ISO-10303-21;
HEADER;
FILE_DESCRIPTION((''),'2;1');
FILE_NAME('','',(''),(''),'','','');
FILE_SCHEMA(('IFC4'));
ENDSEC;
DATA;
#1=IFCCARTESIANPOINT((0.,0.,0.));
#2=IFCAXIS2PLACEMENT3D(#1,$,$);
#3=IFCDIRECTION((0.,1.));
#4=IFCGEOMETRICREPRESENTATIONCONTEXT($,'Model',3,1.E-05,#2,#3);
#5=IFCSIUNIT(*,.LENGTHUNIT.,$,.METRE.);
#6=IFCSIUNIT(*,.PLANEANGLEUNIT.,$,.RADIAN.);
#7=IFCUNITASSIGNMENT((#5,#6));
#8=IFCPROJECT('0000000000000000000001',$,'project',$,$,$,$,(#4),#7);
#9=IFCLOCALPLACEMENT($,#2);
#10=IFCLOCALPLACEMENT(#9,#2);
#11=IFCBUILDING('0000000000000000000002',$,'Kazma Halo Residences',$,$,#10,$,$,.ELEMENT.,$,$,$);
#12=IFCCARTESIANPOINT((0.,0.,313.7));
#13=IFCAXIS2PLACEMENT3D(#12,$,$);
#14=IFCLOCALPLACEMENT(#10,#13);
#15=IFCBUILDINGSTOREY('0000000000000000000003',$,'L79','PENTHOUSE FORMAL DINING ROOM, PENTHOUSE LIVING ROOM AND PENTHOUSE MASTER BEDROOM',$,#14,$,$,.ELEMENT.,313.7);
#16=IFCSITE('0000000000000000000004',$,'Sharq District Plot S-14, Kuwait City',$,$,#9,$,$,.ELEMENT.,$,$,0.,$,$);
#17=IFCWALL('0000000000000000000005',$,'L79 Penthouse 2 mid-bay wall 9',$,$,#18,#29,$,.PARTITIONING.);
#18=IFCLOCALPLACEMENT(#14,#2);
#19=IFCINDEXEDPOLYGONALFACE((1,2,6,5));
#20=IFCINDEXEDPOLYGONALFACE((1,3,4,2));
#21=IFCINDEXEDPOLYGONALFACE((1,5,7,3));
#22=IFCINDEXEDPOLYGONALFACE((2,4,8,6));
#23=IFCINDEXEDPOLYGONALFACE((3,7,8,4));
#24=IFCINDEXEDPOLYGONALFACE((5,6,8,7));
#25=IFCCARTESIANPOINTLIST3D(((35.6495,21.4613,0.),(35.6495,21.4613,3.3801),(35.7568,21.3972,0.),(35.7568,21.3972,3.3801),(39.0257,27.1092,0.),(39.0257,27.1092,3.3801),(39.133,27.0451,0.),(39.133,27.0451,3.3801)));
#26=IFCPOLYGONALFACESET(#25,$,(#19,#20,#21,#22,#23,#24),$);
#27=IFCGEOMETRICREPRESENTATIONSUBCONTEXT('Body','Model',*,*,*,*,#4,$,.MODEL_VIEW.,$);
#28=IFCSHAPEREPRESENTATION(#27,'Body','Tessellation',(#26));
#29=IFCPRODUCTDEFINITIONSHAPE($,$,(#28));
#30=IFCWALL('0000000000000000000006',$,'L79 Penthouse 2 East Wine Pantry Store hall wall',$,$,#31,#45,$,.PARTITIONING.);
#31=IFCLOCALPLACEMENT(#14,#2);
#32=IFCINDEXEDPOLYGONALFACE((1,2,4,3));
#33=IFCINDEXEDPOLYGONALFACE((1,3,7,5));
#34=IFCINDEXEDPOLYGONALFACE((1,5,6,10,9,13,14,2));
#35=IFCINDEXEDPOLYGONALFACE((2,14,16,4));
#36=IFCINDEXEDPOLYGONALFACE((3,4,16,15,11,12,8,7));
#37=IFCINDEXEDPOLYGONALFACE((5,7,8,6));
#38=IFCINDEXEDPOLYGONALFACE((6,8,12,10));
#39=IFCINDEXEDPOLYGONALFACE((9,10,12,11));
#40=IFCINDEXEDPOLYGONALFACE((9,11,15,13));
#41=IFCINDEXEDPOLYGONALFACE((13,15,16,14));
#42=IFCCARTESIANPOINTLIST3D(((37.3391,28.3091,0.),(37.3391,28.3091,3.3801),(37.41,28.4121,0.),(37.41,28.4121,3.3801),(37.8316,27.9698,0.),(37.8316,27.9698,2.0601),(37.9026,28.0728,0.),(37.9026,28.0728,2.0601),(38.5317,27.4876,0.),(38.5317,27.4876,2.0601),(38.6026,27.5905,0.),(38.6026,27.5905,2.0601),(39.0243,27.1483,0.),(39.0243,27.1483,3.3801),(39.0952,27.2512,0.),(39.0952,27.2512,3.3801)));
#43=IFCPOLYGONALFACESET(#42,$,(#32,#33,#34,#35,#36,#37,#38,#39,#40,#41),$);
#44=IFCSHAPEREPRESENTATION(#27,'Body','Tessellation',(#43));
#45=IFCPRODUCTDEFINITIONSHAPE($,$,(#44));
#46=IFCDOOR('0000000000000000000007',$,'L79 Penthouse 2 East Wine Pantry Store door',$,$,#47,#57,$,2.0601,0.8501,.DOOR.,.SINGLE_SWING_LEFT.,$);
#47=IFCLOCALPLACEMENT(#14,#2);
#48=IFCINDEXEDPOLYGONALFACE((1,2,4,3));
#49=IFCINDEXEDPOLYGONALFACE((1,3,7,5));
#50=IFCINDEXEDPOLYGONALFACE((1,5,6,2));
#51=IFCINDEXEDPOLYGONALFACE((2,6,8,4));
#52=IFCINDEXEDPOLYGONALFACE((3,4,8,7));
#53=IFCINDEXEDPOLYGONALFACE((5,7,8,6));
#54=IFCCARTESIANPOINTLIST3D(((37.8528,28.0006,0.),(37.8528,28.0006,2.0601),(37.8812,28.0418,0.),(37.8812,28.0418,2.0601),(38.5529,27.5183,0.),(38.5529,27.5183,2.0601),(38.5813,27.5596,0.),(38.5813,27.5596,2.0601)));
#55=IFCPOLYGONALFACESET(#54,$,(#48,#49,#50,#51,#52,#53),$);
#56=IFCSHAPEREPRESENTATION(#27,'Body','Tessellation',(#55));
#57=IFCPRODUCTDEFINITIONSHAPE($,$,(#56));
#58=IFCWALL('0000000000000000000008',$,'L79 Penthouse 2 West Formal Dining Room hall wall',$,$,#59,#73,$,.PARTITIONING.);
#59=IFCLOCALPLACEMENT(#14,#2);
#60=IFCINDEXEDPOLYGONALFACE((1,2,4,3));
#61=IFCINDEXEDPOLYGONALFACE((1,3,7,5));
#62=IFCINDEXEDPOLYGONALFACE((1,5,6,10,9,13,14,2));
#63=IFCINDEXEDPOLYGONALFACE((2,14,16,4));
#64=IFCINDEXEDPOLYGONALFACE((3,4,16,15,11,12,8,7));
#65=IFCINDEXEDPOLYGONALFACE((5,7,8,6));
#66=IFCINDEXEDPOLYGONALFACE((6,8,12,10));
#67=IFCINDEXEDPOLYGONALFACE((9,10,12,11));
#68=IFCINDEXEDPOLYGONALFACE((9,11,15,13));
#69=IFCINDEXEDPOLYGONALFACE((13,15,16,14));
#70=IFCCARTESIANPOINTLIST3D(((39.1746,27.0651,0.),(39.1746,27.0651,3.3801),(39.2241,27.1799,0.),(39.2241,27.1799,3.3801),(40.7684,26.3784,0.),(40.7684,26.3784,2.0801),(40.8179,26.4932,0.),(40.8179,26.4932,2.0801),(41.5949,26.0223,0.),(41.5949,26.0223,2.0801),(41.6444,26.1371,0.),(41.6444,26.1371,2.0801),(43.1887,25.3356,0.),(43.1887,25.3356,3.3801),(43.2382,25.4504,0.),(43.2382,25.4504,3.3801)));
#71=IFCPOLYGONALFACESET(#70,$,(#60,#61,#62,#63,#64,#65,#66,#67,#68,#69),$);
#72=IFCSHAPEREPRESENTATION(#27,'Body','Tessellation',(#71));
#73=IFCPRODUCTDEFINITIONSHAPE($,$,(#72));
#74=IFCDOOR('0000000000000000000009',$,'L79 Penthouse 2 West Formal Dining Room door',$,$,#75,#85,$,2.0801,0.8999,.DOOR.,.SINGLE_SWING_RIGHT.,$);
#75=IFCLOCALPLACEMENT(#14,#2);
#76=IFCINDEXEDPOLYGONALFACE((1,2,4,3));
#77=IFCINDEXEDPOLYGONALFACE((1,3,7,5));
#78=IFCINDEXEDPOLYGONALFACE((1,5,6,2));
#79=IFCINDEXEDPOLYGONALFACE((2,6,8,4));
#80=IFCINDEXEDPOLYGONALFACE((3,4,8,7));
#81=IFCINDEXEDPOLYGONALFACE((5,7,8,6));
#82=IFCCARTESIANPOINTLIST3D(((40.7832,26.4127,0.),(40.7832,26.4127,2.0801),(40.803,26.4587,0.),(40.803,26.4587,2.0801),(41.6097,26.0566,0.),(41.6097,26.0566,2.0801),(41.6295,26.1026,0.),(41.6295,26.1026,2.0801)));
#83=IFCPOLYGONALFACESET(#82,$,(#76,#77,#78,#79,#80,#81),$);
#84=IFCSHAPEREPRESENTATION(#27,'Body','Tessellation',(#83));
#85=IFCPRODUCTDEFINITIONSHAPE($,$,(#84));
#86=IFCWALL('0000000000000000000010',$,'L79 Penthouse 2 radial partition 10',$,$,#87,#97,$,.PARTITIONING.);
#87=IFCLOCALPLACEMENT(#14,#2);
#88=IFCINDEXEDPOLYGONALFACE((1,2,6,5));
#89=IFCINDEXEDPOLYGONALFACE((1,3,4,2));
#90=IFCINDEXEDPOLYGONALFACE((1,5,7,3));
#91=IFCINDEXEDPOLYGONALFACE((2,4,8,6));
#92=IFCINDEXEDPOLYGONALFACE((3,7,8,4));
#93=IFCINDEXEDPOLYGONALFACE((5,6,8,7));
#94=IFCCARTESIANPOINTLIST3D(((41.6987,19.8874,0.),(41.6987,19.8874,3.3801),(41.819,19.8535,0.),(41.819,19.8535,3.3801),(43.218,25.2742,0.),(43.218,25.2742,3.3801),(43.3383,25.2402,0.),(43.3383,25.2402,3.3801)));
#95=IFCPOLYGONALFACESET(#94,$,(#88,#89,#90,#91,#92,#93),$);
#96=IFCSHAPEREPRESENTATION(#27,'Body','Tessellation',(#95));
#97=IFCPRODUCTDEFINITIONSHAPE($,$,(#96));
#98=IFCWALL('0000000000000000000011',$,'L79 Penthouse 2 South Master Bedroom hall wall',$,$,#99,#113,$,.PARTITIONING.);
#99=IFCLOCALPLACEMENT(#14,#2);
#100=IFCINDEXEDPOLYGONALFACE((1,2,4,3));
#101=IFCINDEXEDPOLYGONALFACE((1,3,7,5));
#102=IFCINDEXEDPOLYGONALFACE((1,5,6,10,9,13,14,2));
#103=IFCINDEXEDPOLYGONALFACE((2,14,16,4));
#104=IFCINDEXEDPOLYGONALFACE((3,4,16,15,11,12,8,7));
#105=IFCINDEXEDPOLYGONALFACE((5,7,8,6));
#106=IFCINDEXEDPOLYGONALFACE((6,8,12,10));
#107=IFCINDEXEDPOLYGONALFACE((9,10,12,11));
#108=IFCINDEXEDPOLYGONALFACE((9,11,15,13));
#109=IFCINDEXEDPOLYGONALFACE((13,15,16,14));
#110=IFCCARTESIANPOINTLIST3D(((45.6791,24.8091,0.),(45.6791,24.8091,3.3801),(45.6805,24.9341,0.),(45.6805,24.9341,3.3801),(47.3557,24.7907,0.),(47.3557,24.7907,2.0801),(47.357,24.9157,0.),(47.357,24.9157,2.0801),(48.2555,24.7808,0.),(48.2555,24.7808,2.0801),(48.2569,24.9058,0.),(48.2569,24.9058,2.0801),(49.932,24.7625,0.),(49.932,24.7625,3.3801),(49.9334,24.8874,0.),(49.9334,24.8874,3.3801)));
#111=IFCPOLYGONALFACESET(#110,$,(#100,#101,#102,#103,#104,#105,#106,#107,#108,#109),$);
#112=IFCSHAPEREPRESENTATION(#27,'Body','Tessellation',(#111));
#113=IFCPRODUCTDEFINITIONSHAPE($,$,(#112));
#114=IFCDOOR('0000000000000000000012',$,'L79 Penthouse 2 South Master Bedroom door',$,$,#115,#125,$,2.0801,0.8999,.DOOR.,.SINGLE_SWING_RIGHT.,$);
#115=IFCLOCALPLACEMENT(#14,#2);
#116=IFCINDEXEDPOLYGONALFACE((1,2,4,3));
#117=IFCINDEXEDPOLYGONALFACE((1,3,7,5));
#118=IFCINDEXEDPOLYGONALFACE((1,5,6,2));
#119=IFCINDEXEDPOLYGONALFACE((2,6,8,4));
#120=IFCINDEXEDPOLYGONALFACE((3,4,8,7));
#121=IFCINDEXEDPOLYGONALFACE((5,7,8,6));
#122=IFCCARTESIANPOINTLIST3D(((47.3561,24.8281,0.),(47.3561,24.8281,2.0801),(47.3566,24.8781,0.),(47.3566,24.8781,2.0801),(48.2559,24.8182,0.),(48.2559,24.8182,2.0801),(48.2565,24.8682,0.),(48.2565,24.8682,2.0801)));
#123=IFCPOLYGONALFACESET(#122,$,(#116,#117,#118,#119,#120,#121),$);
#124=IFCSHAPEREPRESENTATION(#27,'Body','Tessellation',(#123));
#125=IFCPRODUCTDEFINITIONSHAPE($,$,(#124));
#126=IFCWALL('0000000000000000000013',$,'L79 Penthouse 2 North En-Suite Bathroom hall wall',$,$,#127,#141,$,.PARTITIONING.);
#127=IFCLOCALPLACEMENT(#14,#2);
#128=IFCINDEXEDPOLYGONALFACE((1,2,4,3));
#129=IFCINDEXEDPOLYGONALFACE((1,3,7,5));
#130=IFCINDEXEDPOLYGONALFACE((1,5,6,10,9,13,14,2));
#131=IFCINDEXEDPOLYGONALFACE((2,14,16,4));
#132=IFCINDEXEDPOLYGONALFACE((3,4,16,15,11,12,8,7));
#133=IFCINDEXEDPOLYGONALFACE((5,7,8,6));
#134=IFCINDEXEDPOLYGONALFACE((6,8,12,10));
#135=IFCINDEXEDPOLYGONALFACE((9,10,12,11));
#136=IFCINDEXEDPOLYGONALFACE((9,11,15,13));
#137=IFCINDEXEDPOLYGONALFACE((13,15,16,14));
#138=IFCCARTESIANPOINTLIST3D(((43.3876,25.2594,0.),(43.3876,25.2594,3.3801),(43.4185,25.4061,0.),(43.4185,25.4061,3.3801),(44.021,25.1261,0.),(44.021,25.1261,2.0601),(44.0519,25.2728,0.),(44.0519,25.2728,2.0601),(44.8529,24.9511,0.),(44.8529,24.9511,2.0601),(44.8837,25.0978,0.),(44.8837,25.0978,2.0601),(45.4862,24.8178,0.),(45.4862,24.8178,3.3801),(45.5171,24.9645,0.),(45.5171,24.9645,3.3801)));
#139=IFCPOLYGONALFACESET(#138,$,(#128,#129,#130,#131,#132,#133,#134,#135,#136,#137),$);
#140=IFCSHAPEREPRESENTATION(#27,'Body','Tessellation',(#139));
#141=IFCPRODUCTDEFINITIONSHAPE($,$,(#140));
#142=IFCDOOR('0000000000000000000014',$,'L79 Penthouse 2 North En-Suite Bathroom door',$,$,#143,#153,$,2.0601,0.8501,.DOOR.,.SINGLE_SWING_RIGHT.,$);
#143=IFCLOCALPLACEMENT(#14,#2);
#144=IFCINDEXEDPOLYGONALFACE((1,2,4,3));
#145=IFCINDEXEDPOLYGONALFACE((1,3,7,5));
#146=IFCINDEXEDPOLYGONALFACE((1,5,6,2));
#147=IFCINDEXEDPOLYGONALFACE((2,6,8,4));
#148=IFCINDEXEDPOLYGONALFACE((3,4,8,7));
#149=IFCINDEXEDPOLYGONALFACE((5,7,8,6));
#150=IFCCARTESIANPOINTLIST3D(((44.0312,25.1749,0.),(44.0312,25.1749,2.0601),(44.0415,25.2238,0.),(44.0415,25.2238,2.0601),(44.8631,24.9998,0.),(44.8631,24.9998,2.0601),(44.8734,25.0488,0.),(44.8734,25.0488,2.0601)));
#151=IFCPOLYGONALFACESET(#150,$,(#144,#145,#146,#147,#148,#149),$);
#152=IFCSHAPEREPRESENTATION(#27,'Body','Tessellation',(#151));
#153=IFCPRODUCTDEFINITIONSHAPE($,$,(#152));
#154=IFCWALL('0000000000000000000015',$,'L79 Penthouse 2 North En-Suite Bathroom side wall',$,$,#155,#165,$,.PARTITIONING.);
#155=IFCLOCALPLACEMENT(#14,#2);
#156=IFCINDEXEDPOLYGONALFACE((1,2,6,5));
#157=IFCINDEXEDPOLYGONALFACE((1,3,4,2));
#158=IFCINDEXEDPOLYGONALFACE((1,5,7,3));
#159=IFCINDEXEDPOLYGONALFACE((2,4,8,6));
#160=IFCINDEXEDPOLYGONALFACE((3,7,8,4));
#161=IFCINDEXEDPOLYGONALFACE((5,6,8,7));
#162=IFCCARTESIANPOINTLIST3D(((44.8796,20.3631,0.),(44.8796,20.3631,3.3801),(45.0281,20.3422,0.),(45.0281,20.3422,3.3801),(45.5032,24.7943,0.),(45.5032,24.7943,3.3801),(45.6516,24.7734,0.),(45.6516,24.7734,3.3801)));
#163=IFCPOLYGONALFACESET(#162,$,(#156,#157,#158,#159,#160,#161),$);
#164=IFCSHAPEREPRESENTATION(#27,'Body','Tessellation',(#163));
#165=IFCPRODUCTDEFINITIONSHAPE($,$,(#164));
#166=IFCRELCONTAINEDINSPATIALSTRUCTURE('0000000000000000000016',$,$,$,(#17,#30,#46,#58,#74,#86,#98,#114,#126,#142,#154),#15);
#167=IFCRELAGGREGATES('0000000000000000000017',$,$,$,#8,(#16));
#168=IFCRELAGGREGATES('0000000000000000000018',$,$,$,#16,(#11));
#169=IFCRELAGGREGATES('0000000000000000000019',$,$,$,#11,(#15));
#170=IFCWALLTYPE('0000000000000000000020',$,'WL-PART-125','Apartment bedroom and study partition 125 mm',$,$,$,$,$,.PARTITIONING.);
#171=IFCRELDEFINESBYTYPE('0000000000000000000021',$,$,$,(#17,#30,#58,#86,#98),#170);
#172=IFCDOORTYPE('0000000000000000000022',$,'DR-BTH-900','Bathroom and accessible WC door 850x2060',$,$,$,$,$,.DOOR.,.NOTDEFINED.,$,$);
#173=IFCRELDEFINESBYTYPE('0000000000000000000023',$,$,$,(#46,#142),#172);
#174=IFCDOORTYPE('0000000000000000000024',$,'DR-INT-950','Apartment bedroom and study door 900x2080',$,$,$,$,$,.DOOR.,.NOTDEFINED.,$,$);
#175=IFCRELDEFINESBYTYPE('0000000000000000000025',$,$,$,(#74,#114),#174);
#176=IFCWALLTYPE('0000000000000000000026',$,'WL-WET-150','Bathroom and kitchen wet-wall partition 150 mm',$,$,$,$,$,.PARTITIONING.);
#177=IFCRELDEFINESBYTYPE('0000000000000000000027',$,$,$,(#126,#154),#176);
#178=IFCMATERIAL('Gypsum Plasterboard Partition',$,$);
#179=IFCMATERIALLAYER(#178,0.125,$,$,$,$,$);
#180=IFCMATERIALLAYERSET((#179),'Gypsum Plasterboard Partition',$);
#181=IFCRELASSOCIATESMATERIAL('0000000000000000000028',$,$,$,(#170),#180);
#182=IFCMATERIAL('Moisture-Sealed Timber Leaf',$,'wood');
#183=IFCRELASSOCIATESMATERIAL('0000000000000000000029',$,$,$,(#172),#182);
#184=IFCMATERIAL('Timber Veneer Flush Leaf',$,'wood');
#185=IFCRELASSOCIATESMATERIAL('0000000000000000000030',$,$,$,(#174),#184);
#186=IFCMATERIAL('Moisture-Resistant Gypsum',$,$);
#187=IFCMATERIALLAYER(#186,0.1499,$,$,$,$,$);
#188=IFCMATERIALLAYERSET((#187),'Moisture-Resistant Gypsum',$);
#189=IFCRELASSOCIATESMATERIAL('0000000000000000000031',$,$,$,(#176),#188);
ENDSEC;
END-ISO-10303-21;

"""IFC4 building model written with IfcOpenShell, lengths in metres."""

from ifc_helpers import new_model, si_unit, direction, frame, frame_2d, origin, place, context, subcontext, project, spatial, rectangle, extrude, material, layer, layer_set, type_object, element, fill, save


model = new_model("IFC4")

# Units and contexts
model_context = context("Model", 3, precision=1e-05, world=origin(), true_north=direction((0.0, 1.0)))
body_context = subcontext(model_context, "Body", "Model", "MODEL_VIEW")
ifc_project = project(units=[si_unit("LENGTHUNIT", "METRE"), si_unit("PLANEANGLEUNIT", "RADIAN")], contexts=[model_context])

# Site, building, storey
site_placement = place(None, origin())
site = spatial("IfcSite", under=ifc_project, at=site_placement, Name="Sharq District Plot S-14, Kuwait City", CompositionType="ELEMENT", RefElevation=0.0)
building_placement = place(site_placement, origin())
building = spatial("IfcBuilding", under=site, at=building_placement, Name="Kazma Halo Residences", CompositionType="ELEMENT")
storey_placement = place(building_placement, frame((0.0, 0.0, 313.7)))
storey = spatial("IfcBuildingStorey", under=building, at=storey_placement, Name="L79", Description="PENTHOUSE FORMAL DINING ROOM, PENTHOUSE LIVING ROOM AND PENTHOUSE MASTER BEDROOM", CompositionType="ELEMENT", Elevation=313.7)

# Wall
ifc_material_1 = material(Name="Gypsum Plasterboard Partition")
ifc_layer_1 = layer(ifc_material_1, 0.125)
ifc_layer_set_1 = layer_set([ifc_layer_1], Name="Gypsum Plasterboard Partition")
wall_type_1 = type_object("IfcWallType", Name="WL-PART-125", Description="Apartment bedroom and study partition 125 mm", PredefinedType="PARTITIONING", material=ifc_layer_set_1)
wall_1_placement = place(storey_placement, frame((39.0793, 27.0771, 0.0), z_axis=(0.0, 0.0, 1.0), x_axis=(-0.513093, -0.858333, 0.0)))
element("IfcWall", 1, at=wall_1_placement, inside=storey, type_object=wall_type_1, Name="L79 Penthouse 2 mid-bay wall 9", PredefinedType="PARTITIONING", context=body_context, shape_type="SweptSolid", body=[
    extrude(rectangle(XDim=6.5801, YDim=0.125, at=frame_2d((3.29, 0.0))), origin(), (0.0, 0.0, 1.0), 3.3801),
])

# Walls, openings, doors
wall_2_placement = place(storey_placement, frame((37.3745, 28.3606, 0.0), z_axis=(0.0, 0.0, 1.0), x_axis=(0.82353, -0.567273, 0.0)))
wall_2 = element("IfcWall", 2, at=wall_2_placement, inside=storey, type_object=wall_type_1, Name="L79 Penthouse 2 East Wine Pantry Store hall wall", PredefinedType="PARTITIONING", context=body_context, shape_type="SweptSolid", body=[
    extrude(rectangle(XDim=2.0464, YDim=0.125, at=frame_2d((1.0232, 0.0))), origin(), (0.0, 0.0, 1.0), 3.3801),
])
opening_1_placement = place(wall_2_placement, frame((0.5981, 0.0, 0.0)))
opening_1 = element("IfcOpeningElement", 3, at=opening_1_placement, cuts=wall_2, PredefinedType="OPENING", context=body_context, shape_type="SweptSolid", body=[
    extrude(rectangle(XDim=0.8501, YDim=2.0601, at=frame_2d((0.425, 1.03))), frame((0.0, 0.0725, 0.0), z_axis=(0.0, -1.0, 0.0), x_axis=(1.0, 0.0, 0.0)), (0.0, 0.0, 1.0), 0.145),
])
ifc_material_2 = material(Name="Moisture-Sealed Timber Leaf", Category="wood")
door_type_1 = type_object("IfcDoorType", Name="DR-BTH-900", Description="Bathroom and accessible WC door 850x2060", OperationType="NOTDEFINED", PredefinedType="DOOR", material=ifc_material_2)
door_1_placement = place(opening_1_placement, origin())
door_1 = element("IfcDoor", 4, at=door_1_placement, inside=storey, type_object=door_type_1, Name="L79 Penthouse 2 East Wine Pantry Store door", OperationType="SINGLE_SWING_LEFT", OverallHeight=2.0601, OverallWidth=0.8501, PredefinedType="DOOR", context=body_context, shape_type="SweptSolid", body=[
    extrude(rectangle(XDim=0.8501, YDim=2.0601, at=frame_2d((0.425, 1.03))), frame((0.0, 0.0249, 0.0), z_axis=(0.0, -1.0, 0.0), x_axis=(1.0, 0.0, 0.0)), (0.0, 0.0, 1.0), 0.05),
])
fill(opening_1, door_1)
wall_3_placement = place(storey_placement, frame((39.1992, 27.1226, 0.0), z_axis=(0.0, 0.0, 1.0), x_axis=(0.918386, -0.395685, 0.0)))
wall_3 = element("IfcWall", 5, at=wall_3_placement, inside=storey, type_object=wall_type_1, Name="L79 Penthouse 2 West Formal Dining Room hall wall", PredefinedType="PARTITIONING", context=body_context, shape_type="SweptSolid", body=[
    extrude(rectangle(XDim=4.3708, YDim=0.125, at=frame_2d((2.1855, 0.0))), origin(), (0.0, 0.0, 1.0), 3.3801),
])
opening_2_placement = place(wall_3_placement, frame((1.7356, 0.0, 0.0)))
opening_2 = element("IfcOpeningElement", 6, at=opening_2_placement, cuts=wall_3, PredefinedType="OPENING", context=body_context, shape_type="SweptSolid", body=[
    extrude(rectangle(XDim=0.8999, YDim=2.0801, at=frame_2d((0.45, 1.04))), frame((0.0, 0.0725, 0.0), z_axis=(0.0, -1.0, 0.0), x_axis=(1.0, 0.0, 0.0)), (0.0, 0.0, 1.0), 0.145),
])
ifc_material_3 = material(Name="Timber Veneer Flush Leaf", Category="wood")
door_type_2 = type_object("IfcDoorType", Name="DR-INT-950", Description="Apartment bedroom and study door 900x2080", OperationType="NOTDEFINED", PredefinedType="DOOR", material=ifc_material_3)
door_2_placement = place(opening_2_placement, origin())
door_2 = element("IfcDoor", 7, at=door_2_placement, inside=storey, type_object=door_type_2, Name="L79 Penthouse 2 West Formal Dining Room door", OperationType="SINGLE_SWING_RIGHT", OverallHeight=2.0801, OverallWidth=0.8999, PredefinedType="DOOR", context=body_context, shape_type="SweptSolid", body=[
    extrude(rectangle(XDim=0.8999, YDim=2.0801, at=frame_2d((0.45, 1.04))), frame((0.0, 0.0249, 0.0), z_axis=(0.0, -1.0, 0.0), x_axis=(1.0, 0.0, 0.0)), (0.0, 0.0, 1.0), 0.05),
])
fill(opening_2, door_2)

# Wall
wall_4_placement = place(storey_placement, frame((43.2781, 25.2571, 0.0), z_axis=(0.0, 0.0, 1.0), x_axis=(-0.271453, -0.962452, 0.0)))
element("IfcWall", 8, at=wall_4_placement, inside=storey, type_object=wall_type_1, Name="L79 Penthouse 2 radial partition 10", PredefinedType="PARTITIONING", context=body_context, shape_type="SweptSolid", body=[
    extrude(rectangle(XDim=5.5969, YDim=0.125, at=frame_2d((2.7983, 0.0))), origin(), (0.0, 0.0, 1.0), 3.3801),
])

# Walls, openings, doors
wall_5_placement = place(storey_placement, frame((45.6799, 24.8716, 0.0), z_axis=(0.0, 0.0, 1.0), x_axis=(0.99994, -0.010964, 0.0)))
wall_5 = element("IfcWall", 9, at=wall_5_placement, inside=storey, type_object=wall_type_1, Name="L79 Penthouse 2 South Master Bedroom hall wall", PredefinedType="PARTITIONING", context=body_context, shape_type="SweptSolid", body=[
    extrude(rectangle(XDim=4.2532, YDim=0.125, at=frame_2d((2.1265, 0.0))), origin(), (0.0, 0.0, 1.0), 3.3801),
])
opening_3_placement = place(wall_5_placement, frame((1.6765, 0.0, 0.0)))
opening_3 = element("IfcOpeningElement", 10, at=opening_3_placement, cuts=wall_5, PredefinedType="OPENING", context=body_context, shape_type="SweptSolid", body=[
    extrude(rectangle(XDim=0.8999, YDim=2.0801, at=frame_2d((0.45, 1.04))), frame((0.0, 0.0725, 0.0), z_axis=(0.0, -1.0, 0.0), x_axis=(1.0, 0.0, 0.0)), (0.0, 0.0, 1.0), 0.145),
])
door_3_placement = place(opening_3_placement, origin())
door_3 = element("IfcDoor", 11, at=door_3_placement, inside=storey, type_object=door_type_2, Name="L79 Penthouse 2 South Master Bedroom door", OperationType="SINGLE_SWING_RIGHT", OverallHeight=2.0801, OverallWidth=0.8999, PredefinedType="DOOR", context=body_context, shape_type="SweptSolid", body=[
    extrude(rectangle(XDim=0.8999, YDim=2.0801, at=frame_2d((0.45, 1.04))), frame((0.0, 0.0249, 0.0), z_axis=(0.0, -1.0, 0.0), x_axis=(1.0, 0.0, 0.0)), (0.0, 0.0, 1.0), 0.05),
])
fill(opening_3, door_3)
ifc_material_4 = material(Name="Moisture-Resistant Gypsum")
ifc_layer_2 = layer(ifc_material_4, 0.1499)
ifc_layer_set_2 = layer_set([ifc_layer_2], Name="Moisture-Resistant Gypsum")
wall_type_2 = type_object("IfcWallType", Name="WL-WET-150", Description="Bathroom and kitchen wet-wall partition 150 mm", PredefinedType="PARTITIONING", material=ifc_layer_set_2)
wall_6_placement = place(storey_placement, frame((43.4031, 25.3328, 0.0), z_axis=(0.0, 0.0, 1.0), x_axis=(0.978565, -0.205936, 0.0)))
wall_6 = element("IfcWall", 12, at=wall_6_placement, inside=storey, type_object=wall_type_2, Name="L79 Penthouse 2 North En-Suite Bathroom hall wall", PredefinedType="PARTITIONING", context=body_context, shape_type="SweptSolid", body=[
    extrude(rectangle(XDim=2.1445, YDim=0.1499, at=frame_2d((1.0723, 0.0))), origin(), (0.0, 0.0, 1.0), 3.3801),
])
opening_4_placement = place(wall_6_placement, frame((0.6472, 0.0, 0.0)))
opening_4 = element("IfcOpeningElement", 13, at=opening_4_placement, cuts=wall_6, PredefinedType="OPENING", context=body_context, shape_type="SweptSolid", body=[
    extrude(rectangle(XDim=0.8501, YDim=2.0601, at=frame_2d((0.425, 1.03))), frame((0.0, 0.085, 0.0), z_axis=(0.0, -1.0, 0.0), x_axis=(1.0, 0.0, 0.0)), (0.0, 0.0, 1.0), 0.1699),
])
door_4_placement = place(opening_4_placement, origin())
door_4 = element("IfcDoor", 14, at=door_4_placement, inside=storey, type_object=door_type_1, Name="L79 Penthouse 2 North En-Suite Bathroom door", OperationType="SINGLE_SWING_RIGHT", OverallHeight=2.0601, OverallWidth=0.8501, PredefinedType="DOOR", context=body_context, shape_type="SweptSolid", body=[
    extrude(rectangle(XDim=0.8501, YDim=2.0601, at=frame_2d((0.425, 1.03))), frame((0.0, 0.0249, 0.0), z_axis=(0.0, -1.0, 0.0), x_axis=(1.0, 0.0, 0.0)), (0.0, 0.0, 1.0), 0.05),
])
fill(opening_4, door_4)

# Wall
wall_7_placement = place(storey_placement, frame((45.5774, 24.7837, 0.0), z_axis=(0.0, 0.0, 1.0), x_axis=(-0.139343, -0.990244, 0.0)))
element("IfcWall", 15, at=wall_7_placement, inside=storey, type_object=wall_type_2, Name="L79 Penthouse 2 North En-Suite Bathroom side wall", PredefinedType="PARTITIONING", context=body_context, shape_type="SweptSolid", body=[
    extrude(rectangle(XDim=4.4749, YDim=0.1499, at=frame_2d((2.2373, 0.0))), origin(), (0.0, 0.0, 1.0), 3.3801),
])

save(model, "model.ifc")
